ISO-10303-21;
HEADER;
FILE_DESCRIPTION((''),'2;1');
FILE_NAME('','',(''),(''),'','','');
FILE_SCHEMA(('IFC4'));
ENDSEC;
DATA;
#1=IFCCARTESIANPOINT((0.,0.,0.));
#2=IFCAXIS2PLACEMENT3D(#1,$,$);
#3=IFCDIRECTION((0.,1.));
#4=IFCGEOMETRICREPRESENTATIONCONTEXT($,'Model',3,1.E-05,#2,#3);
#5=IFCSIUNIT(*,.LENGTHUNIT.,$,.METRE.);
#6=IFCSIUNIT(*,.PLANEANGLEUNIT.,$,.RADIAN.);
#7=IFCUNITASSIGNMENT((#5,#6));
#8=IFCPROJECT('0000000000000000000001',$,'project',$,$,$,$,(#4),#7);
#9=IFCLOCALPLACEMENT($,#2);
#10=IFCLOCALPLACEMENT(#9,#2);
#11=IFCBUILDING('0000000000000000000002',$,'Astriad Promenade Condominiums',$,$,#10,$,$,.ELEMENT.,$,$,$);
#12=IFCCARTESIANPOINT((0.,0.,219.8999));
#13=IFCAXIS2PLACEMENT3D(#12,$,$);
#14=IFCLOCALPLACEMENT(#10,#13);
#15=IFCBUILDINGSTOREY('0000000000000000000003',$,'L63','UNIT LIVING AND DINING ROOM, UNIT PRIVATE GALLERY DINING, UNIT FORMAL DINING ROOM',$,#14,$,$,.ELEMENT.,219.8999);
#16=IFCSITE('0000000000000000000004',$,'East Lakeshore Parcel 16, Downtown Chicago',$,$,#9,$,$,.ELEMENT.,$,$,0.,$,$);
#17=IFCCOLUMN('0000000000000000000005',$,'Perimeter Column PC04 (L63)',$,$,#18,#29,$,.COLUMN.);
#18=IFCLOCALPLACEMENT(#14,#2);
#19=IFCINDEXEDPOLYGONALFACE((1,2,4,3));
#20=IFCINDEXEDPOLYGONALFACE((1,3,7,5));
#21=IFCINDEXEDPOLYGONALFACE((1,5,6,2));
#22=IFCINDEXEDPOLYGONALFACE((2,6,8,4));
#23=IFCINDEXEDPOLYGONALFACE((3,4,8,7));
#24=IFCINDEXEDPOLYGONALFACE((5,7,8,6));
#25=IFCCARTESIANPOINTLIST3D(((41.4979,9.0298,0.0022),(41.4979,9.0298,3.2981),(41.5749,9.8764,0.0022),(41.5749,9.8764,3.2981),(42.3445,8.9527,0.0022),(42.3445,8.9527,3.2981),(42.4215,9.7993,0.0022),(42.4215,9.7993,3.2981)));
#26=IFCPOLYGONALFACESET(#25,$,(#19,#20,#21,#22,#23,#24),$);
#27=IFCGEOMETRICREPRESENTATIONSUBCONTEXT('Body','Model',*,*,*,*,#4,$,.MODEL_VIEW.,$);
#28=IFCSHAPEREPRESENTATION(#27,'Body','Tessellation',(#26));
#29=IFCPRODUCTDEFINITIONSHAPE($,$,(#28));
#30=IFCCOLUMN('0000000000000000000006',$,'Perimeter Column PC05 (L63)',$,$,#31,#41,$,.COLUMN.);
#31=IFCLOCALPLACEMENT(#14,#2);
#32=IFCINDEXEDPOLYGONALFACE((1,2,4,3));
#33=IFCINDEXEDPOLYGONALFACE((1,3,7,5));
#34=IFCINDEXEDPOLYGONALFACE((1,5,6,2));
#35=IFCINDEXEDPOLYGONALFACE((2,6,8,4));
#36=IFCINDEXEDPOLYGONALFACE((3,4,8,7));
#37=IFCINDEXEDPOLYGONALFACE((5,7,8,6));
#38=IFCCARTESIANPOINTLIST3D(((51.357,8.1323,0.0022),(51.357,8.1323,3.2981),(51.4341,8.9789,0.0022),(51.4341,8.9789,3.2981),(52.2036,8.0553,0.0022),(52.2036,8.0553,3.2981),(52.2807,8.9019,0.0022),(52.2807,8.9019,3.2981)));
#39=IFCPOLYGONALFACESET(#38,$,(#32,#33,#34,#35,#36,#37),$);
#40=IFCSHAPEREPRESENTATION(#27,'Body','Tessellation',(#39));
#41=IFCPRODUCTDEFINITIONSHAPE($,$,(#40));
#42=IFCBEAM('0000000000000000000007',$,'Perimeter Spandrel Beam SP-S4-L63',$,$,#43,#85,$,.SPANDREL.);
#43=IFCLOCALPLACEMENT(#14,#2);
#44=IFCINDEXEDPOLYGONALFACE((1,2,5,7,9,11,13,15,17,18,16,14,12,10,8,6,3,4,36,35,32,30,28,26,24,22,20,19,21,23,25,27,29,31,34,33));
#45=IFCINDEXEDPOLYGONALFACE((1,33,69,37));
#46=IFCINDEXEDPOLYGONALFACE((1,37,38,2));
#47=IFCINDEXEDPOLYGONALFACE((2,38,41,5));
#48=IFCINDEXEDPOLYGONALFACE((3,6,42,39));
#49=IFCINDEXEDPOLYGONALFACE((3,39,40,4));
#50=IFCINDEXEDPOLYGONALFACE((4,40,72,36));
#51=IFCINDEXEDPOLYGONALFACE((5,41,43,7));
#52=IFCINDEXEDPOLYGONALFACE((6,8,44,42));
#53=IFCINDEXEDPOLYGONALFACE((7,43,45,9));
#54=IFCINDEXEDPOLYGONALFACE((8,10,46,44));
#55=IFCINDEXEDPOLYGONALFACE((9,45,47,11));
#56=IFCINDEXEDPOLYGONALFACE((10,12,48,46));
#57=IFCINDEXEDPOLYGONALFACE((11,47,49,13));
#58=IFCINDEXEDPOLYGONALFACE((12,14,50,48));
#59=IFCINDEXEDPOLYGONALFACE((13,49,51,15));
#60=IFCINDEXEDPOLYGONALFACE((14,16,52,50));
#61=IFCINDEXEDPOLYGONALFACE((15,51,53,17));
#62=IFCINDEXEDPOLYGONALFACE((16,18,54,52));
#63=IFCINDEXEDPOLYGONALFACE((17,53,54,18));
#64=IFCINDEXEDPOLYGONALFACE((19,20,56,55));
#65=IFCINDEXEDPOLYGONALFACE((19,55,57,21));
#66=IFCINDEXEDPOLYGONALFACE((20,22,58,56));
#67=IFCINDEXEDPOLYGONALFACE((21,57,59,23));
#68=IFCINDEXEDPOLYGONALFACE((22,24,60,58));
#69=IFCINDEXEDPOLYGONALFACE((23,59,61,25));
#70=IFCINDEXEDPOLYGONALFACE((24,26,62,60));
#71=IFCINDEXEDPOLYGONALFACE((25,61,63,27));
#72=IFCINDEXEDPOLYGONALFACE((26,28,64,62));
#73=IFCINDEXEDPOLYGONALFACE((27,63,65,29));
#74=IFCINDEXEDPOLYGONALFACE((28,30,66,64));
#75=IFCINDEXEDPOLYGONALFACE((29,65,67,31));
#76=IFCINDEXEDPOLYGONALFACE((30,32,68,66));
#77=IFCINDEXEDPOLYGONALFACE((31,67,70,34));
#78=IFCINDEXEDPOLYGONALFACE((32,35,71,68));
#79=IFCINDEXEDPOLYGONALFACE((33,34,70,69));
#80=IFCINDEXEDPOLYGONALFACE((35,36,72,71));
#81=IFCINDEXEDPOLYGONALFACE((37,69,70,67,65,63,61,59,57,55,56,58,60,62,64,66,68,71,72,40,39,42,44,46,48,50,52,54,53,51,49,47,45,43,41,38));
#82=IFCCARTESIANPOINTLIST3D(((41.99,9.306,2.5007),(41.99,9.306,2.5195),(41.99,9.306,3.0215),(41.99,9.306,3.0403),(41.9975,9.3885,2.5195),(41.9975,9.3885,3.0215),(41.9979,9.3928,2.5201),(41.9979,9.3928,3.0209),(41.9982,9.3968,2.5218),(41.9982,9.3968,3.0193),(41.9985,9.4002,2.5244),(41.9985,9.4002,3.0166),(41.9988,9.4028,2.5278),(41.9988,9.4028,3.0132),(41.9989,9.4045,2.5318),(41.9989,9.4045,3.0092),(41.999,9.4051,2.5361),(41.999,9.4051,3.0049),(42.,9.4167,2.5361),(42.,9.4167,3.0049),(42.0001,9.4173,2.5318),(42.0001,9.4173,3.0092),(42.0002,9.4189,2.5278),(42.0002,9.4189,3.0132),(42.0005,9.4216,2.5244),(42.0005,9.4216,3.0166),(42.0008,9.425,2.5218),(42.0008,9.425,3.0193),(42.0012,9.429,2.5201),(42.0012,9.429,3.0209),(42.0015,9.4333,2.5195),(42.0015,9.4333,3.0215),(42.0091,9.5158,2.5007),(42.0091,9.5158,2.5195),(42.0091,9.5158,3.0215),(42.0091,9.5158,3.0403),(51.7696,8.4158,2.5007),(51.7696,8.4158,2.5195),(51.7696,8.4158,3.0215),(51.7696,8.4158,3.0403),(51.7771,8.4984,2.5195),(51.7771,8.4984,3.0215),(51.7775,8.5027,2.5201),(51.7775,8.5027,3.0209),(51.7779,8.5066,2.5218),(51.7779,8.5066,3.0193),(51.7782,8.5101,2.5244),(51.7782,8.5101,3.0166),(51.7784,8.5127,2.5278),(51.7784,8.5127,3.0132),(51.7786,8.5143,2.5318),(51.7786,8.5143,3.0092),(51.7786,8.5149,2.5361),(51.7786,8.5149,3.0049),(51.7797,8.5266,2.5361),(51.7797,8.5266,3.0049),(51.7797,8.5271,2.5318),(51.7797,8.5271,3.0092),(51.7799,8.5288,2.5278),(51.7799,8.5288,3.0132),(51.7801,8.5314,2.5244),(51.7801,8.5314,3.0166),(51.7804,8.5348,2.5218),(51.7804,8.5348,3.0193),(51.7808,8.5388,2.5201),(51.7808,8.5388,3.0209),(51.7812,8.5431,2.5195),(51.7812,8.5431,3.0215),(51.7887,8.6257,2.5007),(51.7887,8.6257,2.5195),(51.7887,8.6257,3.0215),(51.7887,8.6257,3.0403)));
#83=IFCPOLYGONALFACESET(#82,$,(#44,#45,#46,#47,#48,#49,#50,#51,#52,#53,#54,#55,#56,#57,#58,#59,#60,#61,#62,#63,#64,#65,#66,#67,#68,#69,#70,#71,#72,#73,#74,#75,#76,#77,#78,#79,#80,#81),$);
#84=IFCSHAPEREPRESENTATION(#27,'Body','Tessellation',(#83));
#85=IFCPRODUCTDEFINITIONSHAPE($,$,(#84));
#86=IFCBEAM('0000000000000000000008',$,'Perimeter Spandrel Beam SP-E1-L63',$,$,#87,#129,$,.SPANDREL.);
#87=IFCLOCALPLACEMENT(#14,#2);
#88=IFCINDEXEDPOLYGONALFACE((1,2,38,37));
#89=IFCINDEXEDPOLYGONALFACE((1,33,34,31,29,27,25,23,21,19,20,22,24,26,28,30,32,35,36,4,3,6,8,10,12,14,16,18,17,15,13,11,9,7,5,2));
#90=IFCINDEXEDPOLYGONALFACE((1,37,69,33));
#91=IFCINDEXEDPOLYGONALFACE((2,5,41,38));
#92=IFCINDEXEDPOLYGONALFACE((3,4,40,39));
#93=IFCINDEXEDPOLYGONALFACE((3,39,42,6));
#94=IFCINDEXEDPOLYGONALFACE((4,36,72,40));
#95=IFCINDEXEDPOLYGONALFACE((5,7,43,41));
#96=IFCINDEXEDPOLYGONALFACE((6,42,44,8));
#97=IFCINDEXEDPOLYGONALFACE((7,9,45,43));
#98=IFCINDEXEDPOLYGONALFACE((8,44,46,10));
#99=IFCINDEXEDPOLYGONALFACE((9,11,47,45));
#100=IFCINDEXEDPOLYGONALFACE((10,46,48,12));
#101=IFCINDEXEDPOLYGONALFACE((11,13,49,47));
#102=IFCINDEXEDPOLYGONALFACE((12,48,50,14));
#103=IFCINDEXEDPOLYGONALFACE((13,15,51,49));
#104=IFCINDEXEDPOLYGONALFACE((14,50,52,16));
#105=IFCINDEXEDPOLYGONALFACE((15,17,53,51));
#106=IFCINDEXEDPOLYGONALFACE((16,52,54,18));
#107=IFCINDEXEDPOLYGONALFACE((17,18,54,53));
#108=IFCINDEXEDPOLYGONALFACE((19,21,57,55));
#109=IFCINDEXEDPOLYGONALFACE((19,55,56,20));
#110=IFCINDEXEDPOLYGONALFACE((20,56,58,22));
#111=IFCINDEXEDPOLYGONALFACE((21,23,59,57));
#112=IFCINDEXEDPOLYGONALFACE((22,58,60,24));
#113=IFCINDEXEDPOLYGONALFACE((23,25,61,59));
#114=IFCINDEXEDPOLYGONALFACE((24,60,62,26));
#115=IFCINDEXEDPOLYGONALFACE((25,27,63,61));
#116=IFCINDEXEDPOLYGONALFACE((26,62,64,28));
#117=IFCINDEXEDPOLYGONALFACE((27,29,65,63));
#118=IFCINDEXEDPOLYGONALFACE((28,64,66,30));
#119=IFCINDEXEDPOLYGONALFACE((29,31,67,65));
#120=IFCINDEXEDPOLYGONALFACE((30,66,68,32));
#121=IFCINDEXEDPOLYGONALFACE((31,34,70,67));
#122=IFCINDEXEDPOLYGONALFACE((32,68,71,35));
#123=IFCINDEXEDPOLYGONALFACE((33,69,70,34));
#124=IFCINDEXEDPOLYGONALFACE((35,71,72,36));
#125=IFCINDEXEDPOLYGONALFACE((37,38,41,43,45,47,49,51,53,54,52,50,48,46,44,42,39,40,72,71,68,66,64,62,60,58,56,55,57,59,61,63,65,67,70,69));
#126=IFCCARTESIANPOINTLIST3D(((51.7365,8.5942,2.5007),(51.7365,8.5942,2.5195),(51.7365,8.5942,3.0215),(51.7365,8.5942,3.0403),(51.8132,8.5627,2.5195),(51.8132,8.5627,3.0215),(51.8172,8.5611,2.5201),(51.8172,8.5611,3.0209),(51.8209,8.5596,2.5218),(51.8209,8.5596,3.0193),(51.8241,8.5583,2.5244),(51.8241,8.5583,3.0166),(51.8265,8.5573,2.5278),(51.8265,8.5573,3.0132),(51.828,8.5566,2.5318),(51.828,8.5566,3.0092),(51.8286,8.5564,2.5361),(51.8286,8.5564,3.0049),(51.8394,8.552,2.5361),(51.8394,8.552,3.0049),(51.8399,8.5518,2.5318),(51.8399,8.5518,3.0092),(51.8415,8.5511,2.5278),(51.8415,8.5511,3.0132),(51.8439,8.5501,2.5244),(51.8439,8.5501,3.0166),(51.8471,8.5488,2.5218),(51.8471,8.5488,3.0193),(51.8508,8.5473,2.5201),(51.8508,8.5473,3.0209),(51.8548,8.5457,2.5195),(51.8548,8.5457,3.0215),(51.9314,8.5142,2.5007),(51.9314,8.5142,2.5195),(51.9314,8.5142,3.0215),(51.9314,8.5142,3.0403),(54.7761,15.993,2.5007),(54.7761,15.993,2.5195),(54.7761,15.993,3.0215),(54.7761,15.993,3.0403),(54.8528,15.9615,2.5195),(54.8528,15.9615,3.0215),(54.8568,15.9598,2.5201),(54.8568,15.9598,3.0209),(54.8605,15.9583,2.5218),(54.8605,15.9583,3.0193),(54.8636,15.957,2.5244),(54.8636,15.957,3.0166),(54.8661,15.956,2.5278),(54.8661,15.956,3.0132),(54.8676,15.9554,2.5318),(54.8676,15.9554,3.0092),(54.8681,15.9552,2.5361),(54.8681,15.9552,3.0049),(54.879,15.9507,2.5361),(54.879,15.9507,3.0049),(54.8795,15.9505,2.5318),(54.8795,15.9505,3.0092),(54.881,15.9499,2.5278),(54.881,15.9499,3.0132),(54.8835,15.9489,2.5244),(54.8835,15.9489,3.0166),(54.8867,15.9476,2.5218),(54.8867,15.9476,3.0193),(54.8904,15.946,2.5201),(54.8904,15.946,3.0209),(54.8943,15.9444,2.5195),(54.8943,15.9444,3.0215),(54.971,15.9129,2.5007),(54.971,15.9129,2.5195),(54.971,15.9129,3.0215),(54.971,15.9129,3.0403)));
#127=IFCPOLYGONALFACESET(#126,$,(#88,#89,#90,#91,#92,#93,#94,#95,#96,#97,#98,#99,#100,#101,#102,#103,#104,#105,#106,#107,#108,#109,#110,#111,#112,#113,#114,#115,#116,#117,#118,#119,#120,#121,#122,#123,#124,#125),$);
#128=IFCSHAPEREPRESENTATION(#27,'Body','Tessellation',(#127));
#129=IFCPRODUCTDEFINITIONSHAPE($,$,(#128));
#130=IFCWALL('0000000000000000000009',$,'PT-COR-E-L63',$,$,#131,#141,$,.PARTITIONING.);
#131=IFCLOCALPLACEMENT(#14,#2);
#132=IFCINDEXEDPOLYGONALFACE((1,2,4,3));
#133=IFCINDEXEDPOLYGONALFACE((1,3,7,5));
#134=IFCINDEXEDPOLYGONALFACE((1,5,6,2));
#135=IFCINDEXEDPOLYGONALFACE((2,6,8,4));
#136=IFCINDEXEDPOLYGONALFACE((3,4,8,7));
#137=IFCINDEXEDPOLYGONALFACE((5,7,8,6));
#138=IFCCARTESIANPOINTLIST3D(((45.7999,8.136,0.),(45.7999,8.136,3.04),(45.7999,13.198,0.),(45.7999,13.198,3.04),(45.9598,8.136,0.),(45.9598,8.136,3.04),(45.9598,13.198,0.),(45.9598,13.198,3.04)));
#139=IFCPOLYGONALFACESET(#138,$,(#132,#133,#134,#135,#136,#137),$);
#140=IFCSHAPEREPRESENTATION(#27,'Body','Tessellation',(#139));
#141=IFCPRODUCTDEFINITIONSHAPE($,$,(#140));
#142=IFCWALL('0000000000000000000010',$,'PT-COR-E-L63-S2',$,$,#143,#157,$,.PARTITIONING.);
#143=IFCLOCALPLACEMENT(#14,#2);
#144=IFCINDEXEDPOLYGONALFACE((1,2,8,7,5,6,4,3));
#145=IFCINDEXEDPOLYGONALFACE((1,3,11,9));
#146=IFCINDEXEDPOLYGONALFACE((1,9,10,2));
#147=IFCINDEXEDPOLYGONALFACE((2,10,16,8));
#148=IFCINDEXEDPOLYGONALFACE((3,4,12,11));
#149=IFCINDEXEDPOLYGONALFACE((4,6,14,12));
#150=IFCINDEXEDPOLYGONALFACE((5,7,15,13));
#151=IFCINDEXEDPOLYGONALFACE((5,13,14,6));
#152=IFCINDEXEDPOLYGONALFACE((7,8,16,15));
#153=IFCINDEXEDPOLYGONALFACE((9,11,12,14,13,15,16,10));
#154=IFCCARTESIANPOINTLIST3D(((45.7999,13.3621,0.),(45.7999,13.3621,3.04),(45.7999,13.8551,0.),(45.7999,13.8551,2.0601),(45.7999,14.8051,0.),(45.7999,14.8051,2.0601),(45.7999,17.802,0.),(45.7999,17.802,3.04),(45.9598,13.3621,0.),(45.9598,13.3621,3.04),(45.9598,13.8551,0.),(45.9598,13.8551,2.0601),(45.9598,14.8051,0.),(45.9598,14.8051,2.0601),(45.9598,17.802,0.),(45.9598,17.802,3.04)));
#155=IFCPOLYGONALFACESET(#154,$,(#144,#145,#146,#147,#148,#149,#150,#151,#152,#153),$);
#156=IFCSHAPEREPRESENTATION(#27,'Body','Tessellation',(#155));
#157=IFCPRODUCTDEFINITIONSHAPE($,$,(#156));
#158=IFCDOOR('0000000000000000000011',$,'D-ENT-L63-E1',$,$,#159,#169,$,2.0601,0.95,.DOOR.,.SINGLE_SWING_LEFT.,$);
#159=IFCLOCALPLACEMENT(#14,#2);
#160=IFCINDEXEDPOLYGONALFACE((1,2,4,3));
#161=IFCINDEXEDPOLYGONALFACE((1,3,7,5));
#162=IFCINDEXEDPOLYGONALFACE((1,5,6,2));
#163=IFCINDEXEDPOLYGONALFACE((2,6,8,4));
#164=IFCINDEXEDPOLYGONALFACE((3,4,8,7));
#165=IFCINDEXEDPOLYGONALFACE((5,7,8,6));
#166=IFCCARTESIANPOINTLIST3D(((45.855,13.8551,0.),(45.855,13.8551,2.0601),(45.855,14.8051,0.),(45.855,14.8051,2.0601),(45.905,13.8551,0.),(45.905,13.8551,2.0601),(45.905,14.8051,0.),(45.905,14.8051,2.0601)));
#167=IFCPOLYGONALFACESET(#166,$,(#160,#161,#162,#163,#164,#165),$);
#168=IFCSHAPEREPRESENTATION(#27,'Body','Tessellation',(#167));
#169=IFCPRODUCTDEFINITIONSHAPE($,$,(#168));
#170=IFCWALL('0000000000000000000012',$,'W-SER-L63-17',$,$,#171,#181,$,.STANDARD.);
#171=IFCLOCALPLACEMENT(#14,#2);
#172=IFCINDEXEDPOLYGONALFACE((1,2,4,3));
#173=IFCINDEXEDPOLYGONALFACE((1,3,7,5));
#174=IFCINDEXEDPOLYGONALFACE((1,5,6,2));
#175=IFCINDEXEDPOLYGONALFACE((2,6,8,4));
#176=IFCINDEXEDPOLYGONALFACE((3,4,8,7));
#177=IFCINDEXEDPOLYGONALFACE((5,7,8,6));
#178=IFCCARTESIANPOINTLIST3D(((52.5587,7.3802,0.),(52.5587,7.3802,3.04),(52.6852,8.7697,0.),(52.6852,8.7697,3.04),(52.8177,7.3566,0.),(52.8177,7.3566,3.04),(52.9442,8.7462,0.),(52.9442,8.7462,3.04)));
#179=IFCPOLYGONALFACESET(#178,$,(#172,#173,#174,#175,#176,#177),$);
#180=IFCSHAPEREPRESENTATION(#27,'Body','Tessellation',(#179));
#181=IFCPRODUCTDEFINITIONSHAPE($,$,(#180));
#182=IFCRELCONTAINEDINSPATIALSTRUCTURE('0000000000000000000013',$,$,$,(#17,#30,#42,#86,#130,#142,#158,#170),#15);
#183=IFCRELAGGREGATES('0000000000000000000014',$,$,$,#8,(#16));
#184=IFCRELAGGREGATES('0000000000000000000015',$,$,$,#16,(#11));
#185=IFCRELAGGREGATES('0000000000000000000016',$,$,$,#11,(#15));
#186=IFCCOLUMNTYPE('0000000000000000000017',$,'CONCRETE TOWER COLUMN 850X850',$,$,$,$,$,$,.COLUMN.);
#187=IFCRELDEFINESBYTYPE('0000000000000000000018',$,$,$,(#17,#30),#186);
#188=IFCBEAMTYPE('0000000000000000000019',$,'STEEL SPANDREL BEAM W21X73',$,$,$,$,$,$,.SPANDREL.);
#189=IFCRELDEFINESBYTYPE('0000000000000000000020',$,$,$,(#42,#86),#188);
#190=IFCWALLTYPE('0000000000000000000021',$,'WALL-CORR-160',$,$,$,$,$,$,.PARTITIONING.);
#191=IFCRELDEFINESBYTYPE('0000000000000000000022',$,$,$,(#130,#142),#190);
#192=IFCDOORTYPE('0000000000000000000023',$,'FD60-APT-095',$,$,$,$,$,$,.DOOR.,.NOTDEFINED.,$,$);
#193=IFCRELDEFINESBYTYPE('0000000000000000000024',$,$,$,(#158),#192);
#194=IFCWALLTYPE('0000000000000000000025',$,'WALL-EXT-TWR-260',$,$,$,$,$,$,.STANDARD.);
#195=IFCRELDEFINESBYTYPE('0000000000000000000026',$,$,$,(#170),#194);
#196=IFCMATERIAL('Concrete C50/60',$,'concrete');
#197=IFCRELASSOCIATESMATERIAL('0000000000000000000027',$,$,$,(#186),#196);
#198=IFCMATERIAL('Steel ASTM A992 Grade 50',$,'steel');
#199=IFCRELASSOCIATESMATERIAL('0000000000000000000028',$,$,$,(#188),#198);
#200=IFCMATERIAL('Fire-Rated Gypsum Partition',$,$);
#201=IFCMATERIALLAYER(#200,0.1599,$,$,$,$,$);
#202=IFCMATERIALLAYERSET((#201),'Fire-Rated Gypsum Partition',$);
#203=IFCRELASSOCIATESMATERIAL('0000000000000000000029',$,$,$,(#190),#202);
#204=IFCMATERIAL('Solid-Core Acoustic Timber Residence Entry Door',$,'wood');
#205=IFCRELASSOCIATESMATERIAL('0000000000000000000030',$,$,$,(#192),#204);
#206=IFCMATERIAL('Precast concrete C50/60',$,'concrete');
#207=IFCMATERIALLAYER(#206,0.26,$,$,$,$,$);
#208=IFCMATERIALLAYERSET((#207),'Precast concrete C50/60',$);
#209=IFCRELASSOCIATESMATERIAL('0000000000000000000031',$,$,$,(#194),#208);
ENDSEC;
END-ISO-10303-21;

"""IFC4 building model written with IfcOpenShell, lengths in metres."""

from ifc_helpers import new_model, si_unit, direction, frame, frame_2d, origin, origin_2d, place, context, subcontext, project, spatial, rectangle, i_section, extrude, source, transform, mapped, material, layer, layer_set, material_profile, profile_set, type_object, type_shapes, element, fill, save


model = new_model("IFC4")

# Units and contexts
model_context = context("Model", 3, precision=1e-05, world=origin(), true_north=direction((0.0, 1.0)))
body_context = subcontext(model_context, "Body", "Model", "MODEL_VIEW")
ifc_project = project(units=[si_unit("LENGTHUNIT", "METRE"), si_unit("PLANEANGLEUNIT", "RADIAN")], contexts=[model_context])

# Site, building, storey
site_placement = place(None, origin())
site = spatial("IfcSite", under=ifc_project, at=site_placement, Name="East Lakeshore Parcel 16, Downtown Chicago", CompositionType="ELEMENT", RefElevation=0.0)
building_placement = place(site_placement, origin())
building = spatial("IfcBuilding", under=site, at=building_placement, Name="Astriad Promenade Condominiums", CompositionType="ELEMENT")
storey_placement = place(building_placement, frame((0.0, 0.0, 219.8999)))
storey = spatial("IfcBuildingStorey", under=building, at=storey_placement, Name="L63", Description="UNIT LIVING AND DINING ROOM, UNIT PRIVATE GALLERY DINING, UNIT FORMAL DINING ROOM", CompositionType="ELEMENT", Elevation=219.8999)

# Columns
ifc_material_1 = material(Name="Concrete C50/60", Category="concrete")
ifc_material_profile_1 = material_profile(ifc_material_1, rectangle(XDim=0.8501, YDim=0.8501, at=origin_2d()), Name="RC-COL-850X850")
ifc_profile_set_1 = profile_set([ifc_material_profile_1], Name="Concrete C50/60")
column_type = type_object("IfcColumnType", Name="CONCRETE TOWER COLUMN 850X850", PredefinedType="COLUMN", material=ifc_profile_set_1)
shared_shape_1 = source(origin(), body_context, "Body", "SweptSolid", [
    extrude(rectangle(XDim=0.8501, YDim=0.8501, at=origin_2d()), origin(), (0.0, 0.0, 1.0), 3.2959),
])
type_shapes(column_type, [shared_shape_1])
for number, where, z_axis, x_axis, name in (
    (1, (41.9597, 9.4146, 0.0022), (0.0, 0.0, 1.0), (0.995884, -0.090633, 0.0), "Perimeter Column PC04 (L63)"),
    (2, (51.8188, 8.5171, 0.0022), (0.0, 0.0, 1.0), (0.995884, -0.090633, 0.0), "Perimeter Column PC05 (L63)"),
):
    element("IfcColumn", number, at=place(storey_placement, frame(where, z_axis=z_axis, x_axis=x_axis)), inside=storey, type_object=column_type, Name=name, PredefinedType="COLUMN", context=body_context, shape_type="MappedRepresentation", body=[
        mapped(shared_shape_1, transform((0.0, 0.0, 0.0), scale=1.0)),
    ])

# Beams
ifc_material_2 = material(Name="Steel ASTM A992 Grade 50", Category="steel")
ifc_material_profile_2 = material_profile(ifc_material_2, i_section(OverallWidth=0.2107, OverallDepth=0.5396, WebThickness=0.0117, FlangeThickness=0.0188, FilletRadius=0.0166, at=origin_2d()), Name="W21X73")
ifc_profile_set_2 = profile_set([ifc_material_profile_2], Name="Steel ASTM A992 Grade 50")
beam_type = type_object("IfcBeamType", Name="STEEL SPANDREL BEAM W21X73", PredefinedType="SPANDREL", material=ifc_profile_set_2)
shared_shape_2 = source(origin(), body_context, "Body", "SweptSolid", [
    extrude(i_section(OverallWidth=0.2107, OverallDepth=0.5396, WebThickness=0.0117, FlangeThickness=0.0188, FilletRadius=0.0166, at=origin_2d()), origin(), (0.0, 0.0, 1.0), 9.8201),
])
beam_1_placement = place(storey_placement, frame((41.9995, 9.4109, 2.7705), z_axis=(0.995883, -0.090646, 0.0), x_axis=(0.090646, 0.995883, 0.0)))
element("IfcBeam", 3, at=beam_1_placement, inside=storey, type_object=beam_type, Name="Perimeter Spandrel Beam SP-S4-L63", PredefinedType="SPANDREL", context=body_context, shape_type="MappedRepresentation", body=[
    mapped(shared_shape_2, transform((0.0, 0.0, 0.0), scale=1.0)),
])
shared_shape_3 = source(origin(), body_context, "Body", "SweptSolid", [
    extrude(i_section(OverallWidth=0.2107, OverallDepth=0.5396, WebThickness=0.0117, FlangeThickness=0.0188, FilletRadius=0.0166, at=origin_2d()), origin(), (0.0, 0.0, 1.0), 7.9988),
])
type_shapes(beam_type, [shared_shape_2, shared_shape_3])
beam_2_placement = place(storey_placement, frame((51.834, 8.5542, 2.7705), z_axis=(0.380005, 0.924984, 0.0), x_axis=(-0.924984, 0.380005, 0.0)))
element("IfcBeam", 4, at=beam_2_placement, inside=storey, type_object=beam_type, Name="Perimeter Spandrel Beam SP-E1-L63", PredefinedType="SPANDREL", context=body_context, shape_type="MappedRepresentation", body=[
    mapped(shared_shape_3, transform((0.0, 0.0, 0.0), scale=1.0)),
])

# Wall
ifc_material_3 = material(Name="Fire-Rated Gypsum Partition")
ifc_layer_1 = layer(ifc_material_3, 0.1599)
ifc_layer_set_1 = layer_set([ifc_layer_1], Name="Fire-Rated Gypsum Partition")
wall_type_1 = type_object("IfcWallType", Name="WALL-CORR-160", PredefinedType="PARTITIONING", material=ifc_layer_set_1)
wall_1_placement = place(storey_placement, frame((45.8799, 8.136, 0.0), z_axis=(0.0, 0.0, 1.0), x_axis=(0.0, 1.0, 0.0)))
element("IfcWall", 5, at=wall_1_placement, inside=storey, type_object=wall_type_1, Name="PT-COR-E-L63", PredefinedType="PARTITIONING", context=body_context, shape_type="SweptSolid", body=[
    extrude(rectangle(XDim=5.062, YDim=0.1599, at=frame_2d((2.531, 0.0))), origin(), (0.0, 0.0, 1.0), 3.04),
])

# Wall, opening, door
wall_2_placement = place(storey_placement, frame((45.8799, 13.3621, 0.0), z_axis=(0.0, 0.0, 1.0), x_axis=(0.0, 1.0, 0.0)))
wall_2 = element("IfcWall", 6, at=wall_2_placement, inside=storey, type_object=wall_type_1, Name="PT-COR-E-L63-S2", PredefinedType="PARTITIONING", context=body_context, shape_type="SweptSolid", body=[
    extrude(rectangle(XDim=4.4399, YDim=0.1599, at=frame_2d((2.22, 0.0))), origin(), (0.0, 0.0, 1.0), 3.04),
])
opening_1_placement = place(wall_2_placement, frame((0.4929, 0.0, 0.0)))
opening_1 = element("IfcOpeningElement", 7, at=opening_1_placement, cuts=wall_2, PredefinedType="OPENING", context=body_context, shape_type="SweptSolid", body=[
    extrude(rectangle(XDim=0.95, YDim=2.0601, at=frame_2d((0.4751, 1.03))), frame((0.0, 0.0898, 0.0), z_axis=(0.0, -1.0, 0.0), x_axis=(1.0, 0.0, 0.0)), (0.0, 0.0, 1.0), 0.1799),
])
ifc_material_4 = material(Name="Solid-Core Acoustic Timber Residence Entry Door", Category="wood")
door_type_1 = type_object("IfcDoorType", Name="FD60-APT-095", OperationType="NOTDEFINED", PredefinedType="DOOR", material=ifc_material_4)
shared_shape_4 = source(origin(), body_context, "Body", "SweptSolid", [
    extrude(rectangle(XDim=0.95, YDim=2.0601, at=frame_2d((0.4751, 1.03))), frame((0.0, 0.0249, 0.0), z_axis=(0.0, -1.0, 0.0), x_axis=(1.0, 0.0, 0.0)), (0.0, 0.0, 1.0), 0.05),
])
type_shapes(door_type_1, [shared_shape_4])
door_1_placement = place(opening_1_placement, origin())
door_1 = element("IfcDoor", 8, at=door_1_placement, inside=storey, type_object=door_type_1, Name="D-ENT-L63-E1", OperationType="SINGLE_SWING_LEFT", OverallHeight=2.0601, OverallWidth=0.95, PredefinedType="DOOR", context=body_context, shape_type="MappedRepresentation", body=[
    mapped(shared_shape_4, transform((0.0, 0.0, 0.0), scale=1.0)),
])
fill(opening_1, door_1)

# Wall
ifc_material_5 = material(Name="Precast concrete C50/60", Category="concrete")
ifc_layer_2 = layer(ifc_material_5, 0.26)
ifc_layer_set_2 = layer_set([ifc_layer_2], Name="Precast concrete C50/60")
wall_type_2 = type_object("IfcWallType", Name="WALL-EXT-TWR-260", PredefinedType="STANDARD", material=ifc_layer_set_2)
wall_3_placement = place(storey_placement, frame((52.8147, 8.7581, 0.0), z_axis=(0.0, 0.0, 1.0), x_axis=(-0.090646, -0.995883, 0.0)))
element("IfcWall", 9, at=wall_3_placement, inside=storey, type_object=wall_type_2, Name="W-SER-L63-17", PredefinedType="STANDARD", context=body_context, shape_type="SweptSolid", body=[
    extrude(rectangle(XDim=1.3953, YDim=0.26, at=frame_2d((0.6978, 0.0))), origin(), (0.0, 0.0, 1.0), 3.04),
])

save(model, "model.ifc")
